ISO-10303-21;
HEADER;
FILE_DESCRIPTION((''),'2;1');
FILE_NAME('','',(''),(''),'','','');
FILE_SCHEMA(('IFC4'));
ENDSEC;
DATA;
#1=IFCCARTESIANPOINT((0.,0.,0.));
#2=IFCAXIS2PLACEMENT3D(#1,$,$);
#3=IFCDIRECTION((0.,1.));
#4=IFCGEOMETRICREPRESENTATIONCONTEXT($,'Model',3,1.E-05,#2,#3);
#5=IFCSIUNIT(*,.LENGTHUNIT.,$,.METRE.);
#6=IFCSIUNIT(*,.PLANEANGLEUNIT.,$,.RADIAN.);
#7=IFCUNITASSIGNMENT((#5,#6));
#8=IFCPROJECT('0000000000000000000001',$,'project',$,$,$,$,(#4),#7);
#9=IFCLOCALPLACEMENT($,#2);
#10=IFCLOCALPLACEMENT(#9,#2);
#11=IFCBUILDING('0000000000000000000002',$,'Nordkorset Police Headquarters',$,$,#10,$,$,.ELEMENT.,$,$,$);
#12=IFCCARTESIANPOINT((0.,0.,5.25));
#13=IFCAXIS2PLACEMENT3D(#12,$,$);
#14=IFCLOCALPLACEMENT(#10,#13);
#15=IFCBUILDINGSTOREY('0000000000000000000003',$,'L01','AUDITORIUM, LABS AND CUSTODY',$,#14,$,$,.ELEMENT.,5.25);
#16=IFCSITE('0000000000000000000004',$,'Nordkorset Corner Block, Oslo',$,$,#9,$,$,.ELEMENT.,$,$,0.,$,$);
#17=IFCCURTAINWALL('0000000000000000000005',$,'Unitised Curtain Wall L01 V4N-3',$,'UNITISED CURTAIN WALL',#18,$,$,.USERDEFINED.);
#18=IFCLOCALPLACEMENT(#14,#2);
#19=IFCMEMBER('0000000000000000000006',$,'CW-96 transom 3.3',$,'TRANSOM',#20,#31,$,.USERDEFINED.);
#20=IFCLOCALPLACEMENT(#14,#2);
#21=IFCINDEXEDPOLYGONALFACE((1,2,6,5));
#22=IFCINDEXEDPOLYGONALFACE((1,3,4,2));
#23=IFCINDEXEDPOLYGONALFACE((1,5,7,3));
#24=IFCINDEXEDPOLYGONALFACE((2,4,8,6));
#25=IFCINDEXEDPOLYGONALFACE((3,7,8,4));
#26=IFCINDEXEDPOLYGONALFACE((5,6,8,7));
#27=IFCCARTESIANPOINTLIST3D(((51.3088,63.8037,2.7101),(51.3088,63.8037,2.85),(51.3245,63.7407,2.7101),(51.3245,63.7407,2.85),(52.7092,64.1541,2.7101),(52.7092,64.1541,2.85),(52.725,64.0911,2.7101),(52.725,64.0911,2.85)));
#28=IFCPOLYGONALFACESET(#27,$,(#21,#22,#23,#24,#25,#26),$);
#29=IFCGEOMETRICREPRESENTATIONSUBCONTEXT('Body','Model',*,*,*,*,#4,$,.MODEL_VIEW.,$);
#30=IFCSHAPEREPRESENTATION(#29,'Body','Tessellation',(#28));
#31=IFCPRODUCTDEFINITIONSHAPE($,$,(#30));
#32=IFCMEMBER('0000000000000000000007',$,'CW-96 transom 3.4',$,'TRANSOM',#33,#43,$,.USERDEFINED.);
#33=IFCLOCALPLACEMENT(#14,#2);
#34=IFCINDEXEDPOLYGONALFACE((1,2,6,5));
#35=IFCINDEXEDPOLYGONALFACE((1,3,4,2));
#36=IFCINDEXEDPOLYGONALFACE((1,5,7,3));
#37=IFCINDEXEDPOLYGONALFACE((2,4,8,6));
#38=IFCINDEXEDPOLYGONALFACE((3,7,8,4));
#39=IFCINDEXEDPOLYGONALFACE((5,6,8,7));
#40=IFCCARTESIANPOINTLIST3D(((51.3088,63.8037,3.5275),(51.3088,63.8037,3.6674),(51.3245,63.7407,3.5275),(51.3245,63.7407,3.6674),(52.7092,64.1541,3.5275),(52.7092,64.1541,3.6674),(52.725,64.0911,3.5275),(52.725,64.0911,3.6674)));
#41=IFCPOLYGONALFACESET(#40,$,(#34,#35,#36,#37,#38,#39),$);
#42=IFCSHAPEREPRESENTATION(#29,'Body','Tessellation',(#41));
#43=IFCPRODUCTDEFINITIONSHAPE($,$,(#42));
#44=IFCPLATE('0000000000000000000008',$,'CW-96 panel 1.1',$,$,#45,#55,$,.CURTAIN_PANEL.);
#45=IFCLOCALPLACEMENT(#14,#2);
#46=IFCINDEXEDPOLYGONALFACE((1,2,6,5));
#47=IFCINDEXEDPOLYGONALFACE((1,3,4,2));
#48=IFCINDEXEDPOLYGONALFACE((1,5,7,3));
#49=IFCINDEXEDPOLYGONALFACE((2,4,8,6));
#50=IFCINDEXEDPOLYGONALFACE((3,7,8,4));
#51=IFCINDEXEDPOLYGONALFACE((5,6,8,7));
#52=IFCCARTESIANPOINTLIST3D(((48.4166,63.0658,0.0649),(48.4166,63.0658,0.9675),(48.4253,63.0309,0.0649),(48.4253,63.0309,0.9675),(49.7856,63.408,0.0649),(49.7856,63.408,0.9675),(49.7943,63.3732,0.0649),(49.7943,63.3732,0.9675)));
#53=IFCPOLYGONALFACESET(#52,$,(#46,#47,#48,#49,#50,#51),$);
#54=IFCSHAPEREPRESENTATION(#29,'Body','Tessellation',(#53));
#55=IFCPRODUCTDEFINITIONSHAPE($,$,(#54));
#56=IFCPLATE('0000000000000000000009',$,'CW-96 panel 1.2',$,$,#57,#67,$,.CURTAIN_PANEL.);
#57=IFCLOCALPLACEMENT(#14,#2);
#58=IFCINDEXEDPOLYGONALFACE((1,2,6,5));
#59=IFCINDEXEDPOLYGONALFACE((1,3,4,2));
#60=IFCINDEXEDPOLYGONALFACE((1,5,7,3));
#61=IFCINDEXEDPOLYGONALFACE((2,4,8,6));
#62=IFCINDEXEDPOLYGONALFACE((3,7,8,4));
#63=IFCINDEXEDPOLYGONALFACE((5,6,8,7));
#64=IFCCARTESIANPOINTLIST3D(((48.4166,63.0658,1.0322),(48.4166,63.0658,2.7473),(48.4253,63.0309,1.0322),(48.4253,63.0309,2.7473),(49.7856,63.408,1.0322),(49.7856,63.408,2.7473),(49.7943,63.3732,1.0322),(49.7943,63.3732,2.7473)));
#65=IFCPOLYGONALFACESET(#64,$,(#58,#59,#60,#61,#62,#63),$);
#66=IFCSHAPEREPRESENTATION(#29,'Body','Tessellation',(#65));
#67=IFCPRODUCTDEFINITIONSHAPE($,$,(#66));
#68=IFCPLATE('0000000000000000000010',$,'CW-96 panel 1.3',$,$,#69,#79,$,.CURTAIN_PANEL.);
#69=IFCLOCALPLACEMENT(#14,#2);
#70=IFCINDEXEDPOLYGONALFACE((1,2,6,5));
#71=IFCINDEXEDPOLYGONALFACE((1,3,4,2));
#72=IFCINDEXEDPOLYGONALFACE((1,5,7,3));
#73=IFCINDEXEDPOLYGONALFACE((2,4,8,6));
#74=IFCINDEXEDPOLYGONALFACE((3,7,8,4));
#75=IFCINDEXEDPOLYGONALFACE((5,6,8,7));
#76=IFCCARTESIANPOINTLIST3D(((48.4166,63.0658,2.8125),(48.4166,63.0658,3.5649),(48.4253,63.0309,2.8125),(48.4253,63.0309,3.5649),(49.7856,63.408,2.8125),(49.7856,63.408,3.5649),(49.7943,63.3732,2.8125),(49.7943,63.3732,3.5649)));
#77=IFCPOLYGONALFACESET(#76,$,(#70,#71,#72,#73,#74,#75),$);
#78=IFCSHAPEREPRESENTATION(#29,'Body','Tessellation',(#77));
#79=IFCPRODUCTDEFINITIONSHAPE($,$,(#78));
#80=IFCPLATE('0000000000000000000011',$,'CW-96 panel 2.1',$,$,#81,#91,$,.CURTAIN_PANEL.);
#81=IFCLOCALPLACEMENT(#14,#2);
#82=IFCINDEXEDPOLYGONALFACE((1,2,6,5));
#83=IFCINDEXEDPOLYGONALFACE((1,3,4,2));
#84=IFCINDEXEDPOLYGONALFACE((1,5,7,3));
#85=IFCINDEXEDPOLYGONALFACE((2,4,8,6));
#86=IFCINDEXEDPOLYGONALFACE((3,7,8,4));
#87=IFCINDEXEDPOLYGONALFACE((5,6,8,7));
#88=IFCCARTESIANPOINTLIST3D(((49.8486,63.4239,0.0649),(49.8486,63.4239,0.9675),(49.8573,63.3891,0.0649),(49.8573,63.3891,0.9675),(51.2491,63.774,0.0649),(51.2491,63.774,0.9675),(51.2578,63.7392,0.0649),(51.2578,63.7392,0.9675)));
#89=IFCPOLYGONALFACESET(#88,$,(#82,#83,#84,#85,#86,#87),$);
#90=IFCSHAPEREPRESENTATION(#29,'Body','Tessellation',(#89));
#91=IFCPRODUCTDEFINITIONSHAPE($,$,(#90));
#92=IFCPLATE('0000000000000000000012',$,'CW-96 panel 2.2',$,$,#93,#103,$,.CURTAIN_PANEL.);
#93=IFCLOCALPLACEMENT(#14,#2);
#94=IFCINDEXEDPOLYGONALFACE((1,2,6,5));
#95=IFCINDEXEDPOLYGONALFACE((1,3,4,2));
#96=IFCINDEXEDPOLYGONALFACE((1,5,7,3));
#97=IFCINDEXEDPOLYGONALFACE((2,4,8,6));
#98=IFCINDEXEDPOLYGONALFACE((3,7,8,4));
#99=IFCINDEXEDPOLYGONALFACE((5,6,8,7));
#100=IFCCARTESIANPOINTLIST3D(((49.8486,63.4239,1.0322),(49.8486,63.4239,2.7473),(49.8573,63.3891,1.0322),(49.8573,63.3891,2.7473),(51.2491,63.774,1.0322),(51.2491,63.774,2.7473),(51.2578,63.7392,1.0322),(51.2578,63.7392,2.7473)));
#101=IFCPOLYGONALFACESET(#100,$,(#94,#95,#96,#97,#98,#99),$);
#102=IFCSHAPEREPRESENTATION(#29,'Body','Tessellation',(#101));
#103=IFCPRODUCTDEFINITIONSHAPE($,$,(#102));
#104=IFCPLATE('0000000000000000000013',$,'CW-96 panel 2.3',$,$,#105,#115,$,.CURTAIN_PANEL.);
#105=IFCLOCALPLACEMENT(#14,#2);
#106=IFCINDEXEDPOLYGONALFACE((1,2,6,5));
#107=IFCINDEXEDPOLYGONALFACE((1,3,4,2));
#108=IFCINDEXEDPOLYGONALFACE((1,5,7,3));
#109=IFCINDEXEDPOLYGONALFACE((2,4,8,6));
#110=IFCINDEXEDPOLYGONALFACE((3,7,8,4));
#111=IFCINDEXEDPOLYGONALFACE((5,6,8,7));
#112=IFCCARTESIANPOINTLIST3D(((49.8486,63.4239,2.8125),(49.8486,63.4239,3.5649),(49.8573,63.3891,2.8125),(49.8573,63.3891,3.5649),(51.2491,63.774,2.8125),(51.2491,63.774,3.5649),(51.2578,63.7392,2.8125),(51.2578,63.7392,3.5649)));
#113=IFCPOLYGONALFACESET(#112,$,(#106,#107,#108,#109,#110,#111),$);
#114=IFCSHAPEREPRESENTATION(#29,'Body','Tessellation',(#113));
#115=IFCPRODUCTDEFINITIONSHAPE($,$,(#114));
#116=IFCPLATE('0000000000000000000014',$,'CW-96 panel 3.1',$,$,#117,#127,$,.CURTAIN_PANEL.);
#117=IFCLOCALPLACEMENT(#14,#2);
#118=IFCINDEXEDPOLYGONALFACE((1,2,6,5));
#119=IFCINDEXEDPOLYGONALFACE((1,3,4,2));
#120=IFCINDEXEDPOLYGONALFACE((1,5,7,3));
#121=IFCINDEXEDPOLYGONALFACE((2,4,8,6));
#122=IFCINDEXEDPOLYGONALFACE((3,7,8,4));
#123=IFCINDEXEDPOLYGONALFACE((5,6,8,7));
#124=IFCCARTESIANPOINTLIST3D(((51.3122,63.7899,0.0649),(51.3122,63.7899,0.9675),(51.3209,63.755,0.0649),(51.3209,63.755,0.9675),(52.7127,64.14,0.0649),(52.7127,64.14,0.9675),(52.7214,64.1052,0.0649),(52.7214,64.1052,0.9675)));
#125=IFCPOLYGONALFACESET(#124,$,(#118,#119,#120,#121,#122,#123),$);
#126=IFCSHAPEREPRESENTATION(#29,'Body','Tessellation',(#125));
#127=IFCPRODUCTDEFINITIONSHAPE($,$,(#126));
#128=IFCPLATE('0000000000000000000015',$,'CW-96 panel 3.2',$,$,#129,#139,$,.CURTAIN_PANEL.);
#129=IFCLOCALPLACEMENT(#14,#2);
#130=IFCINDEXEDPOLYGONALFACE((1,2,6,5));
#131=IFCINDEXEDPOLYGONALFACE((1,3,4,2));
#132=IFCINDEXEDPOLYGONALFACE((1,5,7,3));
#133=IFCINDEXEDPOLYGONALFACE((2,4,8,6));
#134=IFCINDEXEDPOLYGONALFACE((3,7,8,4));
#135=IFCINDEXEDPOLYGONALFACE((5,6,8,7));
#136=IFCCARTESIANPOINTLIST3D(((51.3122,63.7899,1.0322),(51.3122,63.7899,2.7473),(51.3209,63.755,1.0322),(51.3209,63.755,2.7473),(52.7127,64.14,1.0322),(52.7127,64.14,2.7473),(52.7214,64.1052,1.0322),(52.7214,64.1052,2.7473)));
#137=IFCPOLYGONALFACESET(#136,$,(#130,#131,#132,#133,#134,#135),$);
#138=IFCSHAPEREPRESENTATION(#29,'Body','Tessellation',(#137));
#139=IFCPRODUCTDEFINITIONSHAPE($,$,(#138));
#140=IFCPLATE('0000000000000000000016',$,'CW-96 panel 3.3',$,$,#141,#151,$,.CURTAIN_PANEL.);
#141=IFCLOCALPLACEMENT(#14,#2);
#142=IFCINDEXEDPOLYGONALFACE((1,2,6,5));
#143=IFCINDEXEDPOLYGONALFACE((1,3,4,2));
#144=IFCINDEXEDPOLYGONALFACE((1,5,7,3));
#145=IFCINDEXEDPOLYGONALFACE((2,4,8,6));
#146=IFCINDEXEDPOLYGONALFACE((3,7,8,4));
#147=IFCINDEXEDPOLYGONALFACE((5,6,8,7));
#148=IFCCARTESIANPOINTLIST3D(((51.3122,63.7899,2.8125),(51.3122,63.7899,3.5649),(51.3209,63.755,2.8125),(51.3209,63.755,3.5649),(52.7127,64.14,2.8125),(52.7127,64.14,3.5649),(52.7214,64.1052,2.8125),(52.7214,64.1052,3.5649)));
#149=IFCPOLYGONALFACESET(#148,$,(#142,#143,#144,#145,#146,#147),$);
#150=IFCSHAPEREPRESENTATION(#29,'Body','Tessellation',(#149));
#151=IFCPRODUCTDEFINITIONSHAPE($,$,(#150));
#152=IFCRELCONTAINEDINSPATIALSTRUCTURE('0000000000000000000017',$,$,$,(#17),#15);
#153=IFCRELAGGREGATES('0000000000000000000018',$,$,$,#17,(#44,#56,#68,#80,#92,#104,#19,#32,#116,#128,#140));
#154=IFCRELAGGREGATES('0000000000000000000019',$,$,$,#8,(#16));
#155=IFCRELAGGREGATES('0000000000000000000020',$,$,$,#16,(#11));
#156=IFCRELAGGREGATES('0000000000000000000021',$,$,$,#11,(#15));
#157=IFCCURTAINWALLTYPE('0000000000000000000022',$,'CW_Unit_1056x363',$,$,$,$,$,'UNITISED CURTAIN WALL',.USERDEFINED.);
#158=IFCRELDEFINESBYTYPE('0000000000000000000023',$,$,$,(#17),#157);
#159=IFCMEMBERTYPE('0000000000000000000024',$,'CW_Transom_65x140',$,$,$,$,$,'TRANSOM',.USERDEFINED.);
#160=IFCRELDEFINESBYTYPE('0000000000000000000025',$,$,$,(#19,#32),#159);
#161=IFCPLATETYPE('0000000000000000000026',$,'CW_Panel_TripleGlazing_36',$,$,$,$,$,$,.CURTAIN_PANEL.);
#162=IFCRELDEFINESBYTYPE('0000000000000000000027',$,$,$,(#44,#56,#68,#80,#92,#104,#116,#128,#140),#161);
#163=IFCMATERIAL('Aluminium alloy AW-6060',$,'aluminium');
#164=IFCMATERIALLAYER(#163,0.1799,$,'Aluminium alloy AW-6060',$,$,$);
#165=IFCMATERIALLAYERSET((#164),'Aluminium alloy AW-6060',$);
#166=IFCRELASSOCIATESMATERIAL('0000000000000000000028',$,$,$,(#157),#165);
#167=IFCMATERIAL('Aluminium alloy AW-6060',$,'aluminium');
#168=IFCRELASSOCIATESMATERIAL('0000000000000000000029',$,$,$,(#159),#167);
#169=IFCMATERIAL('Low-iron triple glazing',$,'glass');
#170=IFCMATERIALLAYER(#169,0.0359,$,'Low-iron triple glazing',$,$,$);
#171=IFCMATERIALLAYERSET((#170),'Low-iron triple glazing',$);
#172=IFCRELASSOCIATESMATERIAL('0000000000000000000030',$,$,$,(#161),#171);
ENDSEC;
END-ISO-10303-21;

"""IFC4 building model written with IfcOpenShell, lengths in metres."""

from ifc_helpers import new_model, si_unit, direction, frame, origin, origin_2d, place, context, subcontext, project, spatial, rectangle, extrude, material, layer, layer_set, material_profile, profile_set, type_object, element, aggregate, save


model = new_model("IFC4")

# Units and contexts
model_context = context("Model", 3, precision=1e-05, world=origin(), true_north=direction((0.0, 1.0)))
body_context = subcontext(model_context, "Body", "Model", "MODEL_VIEW")
ifc_project = project(units=[si_unit("LENGTHUNIT", "METRE"), si_unit("PLANEANGLEUNIT", "RADIAN")], contexts=[model_context])

# Site, building, storey
site_placement = place(None, origin())
site = spatial("IfcSite", under=ifc_project, at=site_placement, Name="Nordkorset Corner Block, Oslo", CompositionType="ELEMENT", RefElevation=0.0)
building_placement = place(site_placement, origin())
building = spatial("IfcBuilding", under=site, at=building_placement, Name="Nordkorset Police Headquarters", CompositionType="ELEMENT")
storey_placement = place(building_placement, frame((0.0, 0.0, 5.25)))
storey = spatial("IfcBuildingStorey", under=building, at=storey_placement, Name="L01", Description="AUDITORIUM, LABS AND CUSTODY", CompositionType="ELEMENT", Elevation=5.25)

# Curtain wall, members, plates
ifc_material_1 = material(Name="Aluminium alloy AW-6060", Category="aluminium")
ifc_layer_1 = layer(ifc_material_1, 0.1799, Name="Aluminium alloy AW-6060")
ifc_layer_set_1 = layer_set([ifc_layer_1], Name="Aluminium alloy AW-6060")
curtain_wall_type = type_object("IfcCurtainWallType", Name="CW_Unit_1056x363", ElementType="UNITISED CURTAIN WALL", PredefinedType="USERDEFINED", material=ifc_layer_set_1)
curtain_wall_placement = place(storey_placement, origin())
curtain_wall = element("IfcCurtainWall", 1, at=curtain_wall_placement, inside=storey, type_object=curtain_wall_type, Name="Unitised Curtain Wall L01 V4N-3", ObjectType="UNITISED CURTAIN WALL", PredefinedType="USERDEFINED")
ifc_material_2 = material(Name="Aluminium alloy AW-6060", Category="aluminium")
ifc_material_profile_1 = material_profile(ifc_material_2, rectangle(XDim=0.0649, YDim=0.1399, at=origin_2d()), Name="ALU TRAN 65x140")
ifc_profile_set_1 = profile_set([ifc_material_profile_1], Name="Aluminium alloy AW-6060")
member_type_1 = type_object("IfcMemberType", Name="CW_Transom_65x140", ElementType="TRANSOM", PredefinedType="USERDEFINED", material=ifc_profile_set_1)
member_1_placement = place(storey_placement, frame((51.3167, 63.7722, 2.78), z_axis=(0.970103, 0.242695, 0.0), x_axis=(-0.242695, 0.970103, 0.0)))
member_1 = element("IfcMember", 2, at=member_1_placement, type_object=member_type_1, Name="CW-96 transom 3.3", ObjectType="TRANSOM", PredefinedType="USERDEFINED", context=body_context, shape_type="SweptSolid", body=[
    extrude(rectangle(XDim=0.0649, YDim=0.1399, at=origin_2d()), origin(), (0.0, 0.0, 1.0), 1.4436),
])
member_2_placement = place(storey_placement, frame((51.3167, 63.7722, 3.5974), z_axis=(0.970103, 0.242695, 0.0), x_axis=(-0.242695, 0.970103, 0.0)))
member_2 = element("IfcMember", 3, at=member_2_placement, type_object=member_type_1, Name="CW-96 transom 3.4", ObjectType="TRANSOM", PredefinedType="USERDEFINED", context=body_context, shape_type="SweptSolid", body=[
    extrude(rectangle(XDim=0.0649, YDim=0.1399, at=origin_2d()), origin(), (0.0, 0.0, 1.0), 1.4436),
])
ifc_material_3 = material(Name="Low-iron triple glazing", Category="glass")
ifc_layer_2 = layer(ifc_material_3, 0.0359, Name="Low-iron triple glazing")
ifc_layer_set_2 = layer_set([ifc_layer_2], Name="Low-iron triple glazing")
plate_type = type_object("IfcPlateType", Name="CW_Panel_TripleGlazing_36", PredefinedType="CURTAIN_PANEL", material=ifc_layer_set_2)
plate_1_placement = place(storey_placement, frame((49.1055, 63.2195, 0.0649), z_axis=(0.0, 0.0, 1.0), x_axis=(0.970142, 0.242536, 0.0)))
plate_1 = element("IfcPlate", 4, at=plate_1_placement, type_object=plate_type, Name="CW-96 panel 1.1", PredefinedType="CURTAIN_PANEL", context=body_context, shape_type="SweptSolid", body=[
    extrude(rectangle(XDim=1.4111, YDim=0.0359, at=origin_2d()), origin(), (0.0, 0.0, 1.0), 0.9026),
])
plate_2_placement = place(storey_placement, frame((49.1055, 63.2195, 1.0322), z_axis=(0.0, 0.0, 1.0), x_axis=(0.970142, 0.242536, 0.0)))
plate_2 = element("IfcPlate", 5, at=plate_2_placement, type_object=plate_type, Name="CW-96 panel 1.2", PredefinedType="CURTAIN_PANEL", context=body_context, shape_type="SweptSolid", body=[
    extrude(rectangle(XDim=1.4111, YDim=0.0359, at=origin_2d()), origin(), (0.0, 0.0, 1.0), 1.7151),
])
plate_3_placement = place(storey_placement, frame((49.1055, 63.2195, 2.8125), z_axis=(0.0, 0.0, 1.0), x_axis=(0.970142, 0.242536, 0.0)))
plate_3 = element("IfcPlate", 6, at=plate_3_placement, type_object=plate_type, Name="CW-96 panel 1.3", PredefinedType="CURTAIN_PANEL", context=body_context, shape_type="SweptSolid", body=[
    extrude(rectangle(XDim=1.4111, YDim=0.0359, at=origin_2d()), origin(), (0.0, 0.0, 1.0), 0.7524),
])
plate_4_placement = place(storey_placement, frame((50.5532, 63.5815, 0.0649), z_axis=(0.0, 0.0, 1.0), x_axis=(0.970142, 0.242536, 0.0)))
plate_4 = element("IfcPlate", 7, at=plate_4_placement, type_object=plate_type, Name="CW-96 panel 2.1", PredefinedType="CURTAIN_PANEL", context=body_context, shape_type="SweptSolid", body=[
    extrude(rectangle(XDim=1.4436, YDim=0.0359, at=origin_2d()), origin(), (0.0, 0.0, 1.0), 0.9026),
])
plate_5_placement = place(storey_placement, frame((50.5532, 63.5815, 1.0322), z_axis=(0.0, 0.0, 1.0), x_axis=(0.970142, 0.242536, 0.0)))
plate_5 = element("IfcPlate", 8, at=plate_5_placement, type_object=plate_type, Name="CW-96 panel 2.2", PredefinedType="CURTAIN_PANEL", context=body_context, shape_type="SweptSolid", body=[
    extrude(rectangle(XDim=1.4436, YDim=0.0359, at=origin_2d()), origin(), (0.0, 0.0, 1.0), 1.7151),
])
plate_6_placement = place(storey_placement, frame((50.5532, 63.5815, 2.8125), z_axis=(0.0, 0.0, 1.0), x_axis=(0.970142, 0.242536, 0.0)))
plate_6 = element("IfcPlate", 9, at=plate_6_placement, type_object=plate_type, Name="CW-96 panel 2.3", PredefinedType="CURTAIN_PANEL", context=body_context, shape_type="SweptSolid", body=[
    extrude(rectangle(XDim=1.4436, YDim=0.0359, at=origin_2d()), origin(), (0.0, 0.0, 1.0), 0.7524),
])
plate_7_placement = place(storey_placement, frame((52.0168, 63.9475, 0.0649), z_axis=(0.0, 0.0, 1.0), x_axis=(0.970142, 0.242536, 0.0)))
plate_7 = element("IfcPlate", 10, at=plate_7_placement, type_object=plate_type, Name="CW-96 panel 3.1", PredefinedType="CURTAIN_PANEL", context=body_context, shape_type="SweptSolid", body=[
    extrude(rectangle(XDim=1.4436, YDim=0.0359, at=origin_2d()), origin(), (0.0, 0.0, 1.0), 0.9026),
])
plate_8_placement = place(storey_placement, frame((52.0168, 63.9475, 1.0322), z_axis=(0.0, 0.0, 1.0), x_axis=(0.970142, 0.242536, 0.0)))
plate_8 = element("IfcPlate", 11, at=plate_8_placement, type_object=plate_type, Name="CW-96 panel 3.2", PredefinedType="CURTAIN_PANEL", context=body_context, shape_type="SweptSolid", body=[
    extrude(rectangle(XDim=1.4436, YDim=0.0359, at=origin_2d()), origin(), (0.0, 0.0, 1.0), 1.7151),
])
plate_9_placement = place(storey_placement, frame((52.0168, 63.9475, 2.8125), z_axis=(0.0, 0.0, 1.0), x_axis=(0.970142, 0.242536, 0.0)))
plate_9 = element("IfcPlate", 12, at=plate_9_placement, type_object=plate_type, Name="CW-96 panel 3.3", PredefinedType="CURTAIN_PANEL", context=body_context, shape_type="SweptSolid", body=[
    extrude(rectangle(XDim=1.4436, YDim=0.0359, at=origin_2d()), origin(), (0.0, 0.0, 1.0), 0.7524),
])
aggregate(curtain_wall, [plate_1, plate_2, plate_3, plate_4, plate_5, plate_6, member_1, member_2, plate_7, plate_8, plate_9])

save(model, "model.ifc")
